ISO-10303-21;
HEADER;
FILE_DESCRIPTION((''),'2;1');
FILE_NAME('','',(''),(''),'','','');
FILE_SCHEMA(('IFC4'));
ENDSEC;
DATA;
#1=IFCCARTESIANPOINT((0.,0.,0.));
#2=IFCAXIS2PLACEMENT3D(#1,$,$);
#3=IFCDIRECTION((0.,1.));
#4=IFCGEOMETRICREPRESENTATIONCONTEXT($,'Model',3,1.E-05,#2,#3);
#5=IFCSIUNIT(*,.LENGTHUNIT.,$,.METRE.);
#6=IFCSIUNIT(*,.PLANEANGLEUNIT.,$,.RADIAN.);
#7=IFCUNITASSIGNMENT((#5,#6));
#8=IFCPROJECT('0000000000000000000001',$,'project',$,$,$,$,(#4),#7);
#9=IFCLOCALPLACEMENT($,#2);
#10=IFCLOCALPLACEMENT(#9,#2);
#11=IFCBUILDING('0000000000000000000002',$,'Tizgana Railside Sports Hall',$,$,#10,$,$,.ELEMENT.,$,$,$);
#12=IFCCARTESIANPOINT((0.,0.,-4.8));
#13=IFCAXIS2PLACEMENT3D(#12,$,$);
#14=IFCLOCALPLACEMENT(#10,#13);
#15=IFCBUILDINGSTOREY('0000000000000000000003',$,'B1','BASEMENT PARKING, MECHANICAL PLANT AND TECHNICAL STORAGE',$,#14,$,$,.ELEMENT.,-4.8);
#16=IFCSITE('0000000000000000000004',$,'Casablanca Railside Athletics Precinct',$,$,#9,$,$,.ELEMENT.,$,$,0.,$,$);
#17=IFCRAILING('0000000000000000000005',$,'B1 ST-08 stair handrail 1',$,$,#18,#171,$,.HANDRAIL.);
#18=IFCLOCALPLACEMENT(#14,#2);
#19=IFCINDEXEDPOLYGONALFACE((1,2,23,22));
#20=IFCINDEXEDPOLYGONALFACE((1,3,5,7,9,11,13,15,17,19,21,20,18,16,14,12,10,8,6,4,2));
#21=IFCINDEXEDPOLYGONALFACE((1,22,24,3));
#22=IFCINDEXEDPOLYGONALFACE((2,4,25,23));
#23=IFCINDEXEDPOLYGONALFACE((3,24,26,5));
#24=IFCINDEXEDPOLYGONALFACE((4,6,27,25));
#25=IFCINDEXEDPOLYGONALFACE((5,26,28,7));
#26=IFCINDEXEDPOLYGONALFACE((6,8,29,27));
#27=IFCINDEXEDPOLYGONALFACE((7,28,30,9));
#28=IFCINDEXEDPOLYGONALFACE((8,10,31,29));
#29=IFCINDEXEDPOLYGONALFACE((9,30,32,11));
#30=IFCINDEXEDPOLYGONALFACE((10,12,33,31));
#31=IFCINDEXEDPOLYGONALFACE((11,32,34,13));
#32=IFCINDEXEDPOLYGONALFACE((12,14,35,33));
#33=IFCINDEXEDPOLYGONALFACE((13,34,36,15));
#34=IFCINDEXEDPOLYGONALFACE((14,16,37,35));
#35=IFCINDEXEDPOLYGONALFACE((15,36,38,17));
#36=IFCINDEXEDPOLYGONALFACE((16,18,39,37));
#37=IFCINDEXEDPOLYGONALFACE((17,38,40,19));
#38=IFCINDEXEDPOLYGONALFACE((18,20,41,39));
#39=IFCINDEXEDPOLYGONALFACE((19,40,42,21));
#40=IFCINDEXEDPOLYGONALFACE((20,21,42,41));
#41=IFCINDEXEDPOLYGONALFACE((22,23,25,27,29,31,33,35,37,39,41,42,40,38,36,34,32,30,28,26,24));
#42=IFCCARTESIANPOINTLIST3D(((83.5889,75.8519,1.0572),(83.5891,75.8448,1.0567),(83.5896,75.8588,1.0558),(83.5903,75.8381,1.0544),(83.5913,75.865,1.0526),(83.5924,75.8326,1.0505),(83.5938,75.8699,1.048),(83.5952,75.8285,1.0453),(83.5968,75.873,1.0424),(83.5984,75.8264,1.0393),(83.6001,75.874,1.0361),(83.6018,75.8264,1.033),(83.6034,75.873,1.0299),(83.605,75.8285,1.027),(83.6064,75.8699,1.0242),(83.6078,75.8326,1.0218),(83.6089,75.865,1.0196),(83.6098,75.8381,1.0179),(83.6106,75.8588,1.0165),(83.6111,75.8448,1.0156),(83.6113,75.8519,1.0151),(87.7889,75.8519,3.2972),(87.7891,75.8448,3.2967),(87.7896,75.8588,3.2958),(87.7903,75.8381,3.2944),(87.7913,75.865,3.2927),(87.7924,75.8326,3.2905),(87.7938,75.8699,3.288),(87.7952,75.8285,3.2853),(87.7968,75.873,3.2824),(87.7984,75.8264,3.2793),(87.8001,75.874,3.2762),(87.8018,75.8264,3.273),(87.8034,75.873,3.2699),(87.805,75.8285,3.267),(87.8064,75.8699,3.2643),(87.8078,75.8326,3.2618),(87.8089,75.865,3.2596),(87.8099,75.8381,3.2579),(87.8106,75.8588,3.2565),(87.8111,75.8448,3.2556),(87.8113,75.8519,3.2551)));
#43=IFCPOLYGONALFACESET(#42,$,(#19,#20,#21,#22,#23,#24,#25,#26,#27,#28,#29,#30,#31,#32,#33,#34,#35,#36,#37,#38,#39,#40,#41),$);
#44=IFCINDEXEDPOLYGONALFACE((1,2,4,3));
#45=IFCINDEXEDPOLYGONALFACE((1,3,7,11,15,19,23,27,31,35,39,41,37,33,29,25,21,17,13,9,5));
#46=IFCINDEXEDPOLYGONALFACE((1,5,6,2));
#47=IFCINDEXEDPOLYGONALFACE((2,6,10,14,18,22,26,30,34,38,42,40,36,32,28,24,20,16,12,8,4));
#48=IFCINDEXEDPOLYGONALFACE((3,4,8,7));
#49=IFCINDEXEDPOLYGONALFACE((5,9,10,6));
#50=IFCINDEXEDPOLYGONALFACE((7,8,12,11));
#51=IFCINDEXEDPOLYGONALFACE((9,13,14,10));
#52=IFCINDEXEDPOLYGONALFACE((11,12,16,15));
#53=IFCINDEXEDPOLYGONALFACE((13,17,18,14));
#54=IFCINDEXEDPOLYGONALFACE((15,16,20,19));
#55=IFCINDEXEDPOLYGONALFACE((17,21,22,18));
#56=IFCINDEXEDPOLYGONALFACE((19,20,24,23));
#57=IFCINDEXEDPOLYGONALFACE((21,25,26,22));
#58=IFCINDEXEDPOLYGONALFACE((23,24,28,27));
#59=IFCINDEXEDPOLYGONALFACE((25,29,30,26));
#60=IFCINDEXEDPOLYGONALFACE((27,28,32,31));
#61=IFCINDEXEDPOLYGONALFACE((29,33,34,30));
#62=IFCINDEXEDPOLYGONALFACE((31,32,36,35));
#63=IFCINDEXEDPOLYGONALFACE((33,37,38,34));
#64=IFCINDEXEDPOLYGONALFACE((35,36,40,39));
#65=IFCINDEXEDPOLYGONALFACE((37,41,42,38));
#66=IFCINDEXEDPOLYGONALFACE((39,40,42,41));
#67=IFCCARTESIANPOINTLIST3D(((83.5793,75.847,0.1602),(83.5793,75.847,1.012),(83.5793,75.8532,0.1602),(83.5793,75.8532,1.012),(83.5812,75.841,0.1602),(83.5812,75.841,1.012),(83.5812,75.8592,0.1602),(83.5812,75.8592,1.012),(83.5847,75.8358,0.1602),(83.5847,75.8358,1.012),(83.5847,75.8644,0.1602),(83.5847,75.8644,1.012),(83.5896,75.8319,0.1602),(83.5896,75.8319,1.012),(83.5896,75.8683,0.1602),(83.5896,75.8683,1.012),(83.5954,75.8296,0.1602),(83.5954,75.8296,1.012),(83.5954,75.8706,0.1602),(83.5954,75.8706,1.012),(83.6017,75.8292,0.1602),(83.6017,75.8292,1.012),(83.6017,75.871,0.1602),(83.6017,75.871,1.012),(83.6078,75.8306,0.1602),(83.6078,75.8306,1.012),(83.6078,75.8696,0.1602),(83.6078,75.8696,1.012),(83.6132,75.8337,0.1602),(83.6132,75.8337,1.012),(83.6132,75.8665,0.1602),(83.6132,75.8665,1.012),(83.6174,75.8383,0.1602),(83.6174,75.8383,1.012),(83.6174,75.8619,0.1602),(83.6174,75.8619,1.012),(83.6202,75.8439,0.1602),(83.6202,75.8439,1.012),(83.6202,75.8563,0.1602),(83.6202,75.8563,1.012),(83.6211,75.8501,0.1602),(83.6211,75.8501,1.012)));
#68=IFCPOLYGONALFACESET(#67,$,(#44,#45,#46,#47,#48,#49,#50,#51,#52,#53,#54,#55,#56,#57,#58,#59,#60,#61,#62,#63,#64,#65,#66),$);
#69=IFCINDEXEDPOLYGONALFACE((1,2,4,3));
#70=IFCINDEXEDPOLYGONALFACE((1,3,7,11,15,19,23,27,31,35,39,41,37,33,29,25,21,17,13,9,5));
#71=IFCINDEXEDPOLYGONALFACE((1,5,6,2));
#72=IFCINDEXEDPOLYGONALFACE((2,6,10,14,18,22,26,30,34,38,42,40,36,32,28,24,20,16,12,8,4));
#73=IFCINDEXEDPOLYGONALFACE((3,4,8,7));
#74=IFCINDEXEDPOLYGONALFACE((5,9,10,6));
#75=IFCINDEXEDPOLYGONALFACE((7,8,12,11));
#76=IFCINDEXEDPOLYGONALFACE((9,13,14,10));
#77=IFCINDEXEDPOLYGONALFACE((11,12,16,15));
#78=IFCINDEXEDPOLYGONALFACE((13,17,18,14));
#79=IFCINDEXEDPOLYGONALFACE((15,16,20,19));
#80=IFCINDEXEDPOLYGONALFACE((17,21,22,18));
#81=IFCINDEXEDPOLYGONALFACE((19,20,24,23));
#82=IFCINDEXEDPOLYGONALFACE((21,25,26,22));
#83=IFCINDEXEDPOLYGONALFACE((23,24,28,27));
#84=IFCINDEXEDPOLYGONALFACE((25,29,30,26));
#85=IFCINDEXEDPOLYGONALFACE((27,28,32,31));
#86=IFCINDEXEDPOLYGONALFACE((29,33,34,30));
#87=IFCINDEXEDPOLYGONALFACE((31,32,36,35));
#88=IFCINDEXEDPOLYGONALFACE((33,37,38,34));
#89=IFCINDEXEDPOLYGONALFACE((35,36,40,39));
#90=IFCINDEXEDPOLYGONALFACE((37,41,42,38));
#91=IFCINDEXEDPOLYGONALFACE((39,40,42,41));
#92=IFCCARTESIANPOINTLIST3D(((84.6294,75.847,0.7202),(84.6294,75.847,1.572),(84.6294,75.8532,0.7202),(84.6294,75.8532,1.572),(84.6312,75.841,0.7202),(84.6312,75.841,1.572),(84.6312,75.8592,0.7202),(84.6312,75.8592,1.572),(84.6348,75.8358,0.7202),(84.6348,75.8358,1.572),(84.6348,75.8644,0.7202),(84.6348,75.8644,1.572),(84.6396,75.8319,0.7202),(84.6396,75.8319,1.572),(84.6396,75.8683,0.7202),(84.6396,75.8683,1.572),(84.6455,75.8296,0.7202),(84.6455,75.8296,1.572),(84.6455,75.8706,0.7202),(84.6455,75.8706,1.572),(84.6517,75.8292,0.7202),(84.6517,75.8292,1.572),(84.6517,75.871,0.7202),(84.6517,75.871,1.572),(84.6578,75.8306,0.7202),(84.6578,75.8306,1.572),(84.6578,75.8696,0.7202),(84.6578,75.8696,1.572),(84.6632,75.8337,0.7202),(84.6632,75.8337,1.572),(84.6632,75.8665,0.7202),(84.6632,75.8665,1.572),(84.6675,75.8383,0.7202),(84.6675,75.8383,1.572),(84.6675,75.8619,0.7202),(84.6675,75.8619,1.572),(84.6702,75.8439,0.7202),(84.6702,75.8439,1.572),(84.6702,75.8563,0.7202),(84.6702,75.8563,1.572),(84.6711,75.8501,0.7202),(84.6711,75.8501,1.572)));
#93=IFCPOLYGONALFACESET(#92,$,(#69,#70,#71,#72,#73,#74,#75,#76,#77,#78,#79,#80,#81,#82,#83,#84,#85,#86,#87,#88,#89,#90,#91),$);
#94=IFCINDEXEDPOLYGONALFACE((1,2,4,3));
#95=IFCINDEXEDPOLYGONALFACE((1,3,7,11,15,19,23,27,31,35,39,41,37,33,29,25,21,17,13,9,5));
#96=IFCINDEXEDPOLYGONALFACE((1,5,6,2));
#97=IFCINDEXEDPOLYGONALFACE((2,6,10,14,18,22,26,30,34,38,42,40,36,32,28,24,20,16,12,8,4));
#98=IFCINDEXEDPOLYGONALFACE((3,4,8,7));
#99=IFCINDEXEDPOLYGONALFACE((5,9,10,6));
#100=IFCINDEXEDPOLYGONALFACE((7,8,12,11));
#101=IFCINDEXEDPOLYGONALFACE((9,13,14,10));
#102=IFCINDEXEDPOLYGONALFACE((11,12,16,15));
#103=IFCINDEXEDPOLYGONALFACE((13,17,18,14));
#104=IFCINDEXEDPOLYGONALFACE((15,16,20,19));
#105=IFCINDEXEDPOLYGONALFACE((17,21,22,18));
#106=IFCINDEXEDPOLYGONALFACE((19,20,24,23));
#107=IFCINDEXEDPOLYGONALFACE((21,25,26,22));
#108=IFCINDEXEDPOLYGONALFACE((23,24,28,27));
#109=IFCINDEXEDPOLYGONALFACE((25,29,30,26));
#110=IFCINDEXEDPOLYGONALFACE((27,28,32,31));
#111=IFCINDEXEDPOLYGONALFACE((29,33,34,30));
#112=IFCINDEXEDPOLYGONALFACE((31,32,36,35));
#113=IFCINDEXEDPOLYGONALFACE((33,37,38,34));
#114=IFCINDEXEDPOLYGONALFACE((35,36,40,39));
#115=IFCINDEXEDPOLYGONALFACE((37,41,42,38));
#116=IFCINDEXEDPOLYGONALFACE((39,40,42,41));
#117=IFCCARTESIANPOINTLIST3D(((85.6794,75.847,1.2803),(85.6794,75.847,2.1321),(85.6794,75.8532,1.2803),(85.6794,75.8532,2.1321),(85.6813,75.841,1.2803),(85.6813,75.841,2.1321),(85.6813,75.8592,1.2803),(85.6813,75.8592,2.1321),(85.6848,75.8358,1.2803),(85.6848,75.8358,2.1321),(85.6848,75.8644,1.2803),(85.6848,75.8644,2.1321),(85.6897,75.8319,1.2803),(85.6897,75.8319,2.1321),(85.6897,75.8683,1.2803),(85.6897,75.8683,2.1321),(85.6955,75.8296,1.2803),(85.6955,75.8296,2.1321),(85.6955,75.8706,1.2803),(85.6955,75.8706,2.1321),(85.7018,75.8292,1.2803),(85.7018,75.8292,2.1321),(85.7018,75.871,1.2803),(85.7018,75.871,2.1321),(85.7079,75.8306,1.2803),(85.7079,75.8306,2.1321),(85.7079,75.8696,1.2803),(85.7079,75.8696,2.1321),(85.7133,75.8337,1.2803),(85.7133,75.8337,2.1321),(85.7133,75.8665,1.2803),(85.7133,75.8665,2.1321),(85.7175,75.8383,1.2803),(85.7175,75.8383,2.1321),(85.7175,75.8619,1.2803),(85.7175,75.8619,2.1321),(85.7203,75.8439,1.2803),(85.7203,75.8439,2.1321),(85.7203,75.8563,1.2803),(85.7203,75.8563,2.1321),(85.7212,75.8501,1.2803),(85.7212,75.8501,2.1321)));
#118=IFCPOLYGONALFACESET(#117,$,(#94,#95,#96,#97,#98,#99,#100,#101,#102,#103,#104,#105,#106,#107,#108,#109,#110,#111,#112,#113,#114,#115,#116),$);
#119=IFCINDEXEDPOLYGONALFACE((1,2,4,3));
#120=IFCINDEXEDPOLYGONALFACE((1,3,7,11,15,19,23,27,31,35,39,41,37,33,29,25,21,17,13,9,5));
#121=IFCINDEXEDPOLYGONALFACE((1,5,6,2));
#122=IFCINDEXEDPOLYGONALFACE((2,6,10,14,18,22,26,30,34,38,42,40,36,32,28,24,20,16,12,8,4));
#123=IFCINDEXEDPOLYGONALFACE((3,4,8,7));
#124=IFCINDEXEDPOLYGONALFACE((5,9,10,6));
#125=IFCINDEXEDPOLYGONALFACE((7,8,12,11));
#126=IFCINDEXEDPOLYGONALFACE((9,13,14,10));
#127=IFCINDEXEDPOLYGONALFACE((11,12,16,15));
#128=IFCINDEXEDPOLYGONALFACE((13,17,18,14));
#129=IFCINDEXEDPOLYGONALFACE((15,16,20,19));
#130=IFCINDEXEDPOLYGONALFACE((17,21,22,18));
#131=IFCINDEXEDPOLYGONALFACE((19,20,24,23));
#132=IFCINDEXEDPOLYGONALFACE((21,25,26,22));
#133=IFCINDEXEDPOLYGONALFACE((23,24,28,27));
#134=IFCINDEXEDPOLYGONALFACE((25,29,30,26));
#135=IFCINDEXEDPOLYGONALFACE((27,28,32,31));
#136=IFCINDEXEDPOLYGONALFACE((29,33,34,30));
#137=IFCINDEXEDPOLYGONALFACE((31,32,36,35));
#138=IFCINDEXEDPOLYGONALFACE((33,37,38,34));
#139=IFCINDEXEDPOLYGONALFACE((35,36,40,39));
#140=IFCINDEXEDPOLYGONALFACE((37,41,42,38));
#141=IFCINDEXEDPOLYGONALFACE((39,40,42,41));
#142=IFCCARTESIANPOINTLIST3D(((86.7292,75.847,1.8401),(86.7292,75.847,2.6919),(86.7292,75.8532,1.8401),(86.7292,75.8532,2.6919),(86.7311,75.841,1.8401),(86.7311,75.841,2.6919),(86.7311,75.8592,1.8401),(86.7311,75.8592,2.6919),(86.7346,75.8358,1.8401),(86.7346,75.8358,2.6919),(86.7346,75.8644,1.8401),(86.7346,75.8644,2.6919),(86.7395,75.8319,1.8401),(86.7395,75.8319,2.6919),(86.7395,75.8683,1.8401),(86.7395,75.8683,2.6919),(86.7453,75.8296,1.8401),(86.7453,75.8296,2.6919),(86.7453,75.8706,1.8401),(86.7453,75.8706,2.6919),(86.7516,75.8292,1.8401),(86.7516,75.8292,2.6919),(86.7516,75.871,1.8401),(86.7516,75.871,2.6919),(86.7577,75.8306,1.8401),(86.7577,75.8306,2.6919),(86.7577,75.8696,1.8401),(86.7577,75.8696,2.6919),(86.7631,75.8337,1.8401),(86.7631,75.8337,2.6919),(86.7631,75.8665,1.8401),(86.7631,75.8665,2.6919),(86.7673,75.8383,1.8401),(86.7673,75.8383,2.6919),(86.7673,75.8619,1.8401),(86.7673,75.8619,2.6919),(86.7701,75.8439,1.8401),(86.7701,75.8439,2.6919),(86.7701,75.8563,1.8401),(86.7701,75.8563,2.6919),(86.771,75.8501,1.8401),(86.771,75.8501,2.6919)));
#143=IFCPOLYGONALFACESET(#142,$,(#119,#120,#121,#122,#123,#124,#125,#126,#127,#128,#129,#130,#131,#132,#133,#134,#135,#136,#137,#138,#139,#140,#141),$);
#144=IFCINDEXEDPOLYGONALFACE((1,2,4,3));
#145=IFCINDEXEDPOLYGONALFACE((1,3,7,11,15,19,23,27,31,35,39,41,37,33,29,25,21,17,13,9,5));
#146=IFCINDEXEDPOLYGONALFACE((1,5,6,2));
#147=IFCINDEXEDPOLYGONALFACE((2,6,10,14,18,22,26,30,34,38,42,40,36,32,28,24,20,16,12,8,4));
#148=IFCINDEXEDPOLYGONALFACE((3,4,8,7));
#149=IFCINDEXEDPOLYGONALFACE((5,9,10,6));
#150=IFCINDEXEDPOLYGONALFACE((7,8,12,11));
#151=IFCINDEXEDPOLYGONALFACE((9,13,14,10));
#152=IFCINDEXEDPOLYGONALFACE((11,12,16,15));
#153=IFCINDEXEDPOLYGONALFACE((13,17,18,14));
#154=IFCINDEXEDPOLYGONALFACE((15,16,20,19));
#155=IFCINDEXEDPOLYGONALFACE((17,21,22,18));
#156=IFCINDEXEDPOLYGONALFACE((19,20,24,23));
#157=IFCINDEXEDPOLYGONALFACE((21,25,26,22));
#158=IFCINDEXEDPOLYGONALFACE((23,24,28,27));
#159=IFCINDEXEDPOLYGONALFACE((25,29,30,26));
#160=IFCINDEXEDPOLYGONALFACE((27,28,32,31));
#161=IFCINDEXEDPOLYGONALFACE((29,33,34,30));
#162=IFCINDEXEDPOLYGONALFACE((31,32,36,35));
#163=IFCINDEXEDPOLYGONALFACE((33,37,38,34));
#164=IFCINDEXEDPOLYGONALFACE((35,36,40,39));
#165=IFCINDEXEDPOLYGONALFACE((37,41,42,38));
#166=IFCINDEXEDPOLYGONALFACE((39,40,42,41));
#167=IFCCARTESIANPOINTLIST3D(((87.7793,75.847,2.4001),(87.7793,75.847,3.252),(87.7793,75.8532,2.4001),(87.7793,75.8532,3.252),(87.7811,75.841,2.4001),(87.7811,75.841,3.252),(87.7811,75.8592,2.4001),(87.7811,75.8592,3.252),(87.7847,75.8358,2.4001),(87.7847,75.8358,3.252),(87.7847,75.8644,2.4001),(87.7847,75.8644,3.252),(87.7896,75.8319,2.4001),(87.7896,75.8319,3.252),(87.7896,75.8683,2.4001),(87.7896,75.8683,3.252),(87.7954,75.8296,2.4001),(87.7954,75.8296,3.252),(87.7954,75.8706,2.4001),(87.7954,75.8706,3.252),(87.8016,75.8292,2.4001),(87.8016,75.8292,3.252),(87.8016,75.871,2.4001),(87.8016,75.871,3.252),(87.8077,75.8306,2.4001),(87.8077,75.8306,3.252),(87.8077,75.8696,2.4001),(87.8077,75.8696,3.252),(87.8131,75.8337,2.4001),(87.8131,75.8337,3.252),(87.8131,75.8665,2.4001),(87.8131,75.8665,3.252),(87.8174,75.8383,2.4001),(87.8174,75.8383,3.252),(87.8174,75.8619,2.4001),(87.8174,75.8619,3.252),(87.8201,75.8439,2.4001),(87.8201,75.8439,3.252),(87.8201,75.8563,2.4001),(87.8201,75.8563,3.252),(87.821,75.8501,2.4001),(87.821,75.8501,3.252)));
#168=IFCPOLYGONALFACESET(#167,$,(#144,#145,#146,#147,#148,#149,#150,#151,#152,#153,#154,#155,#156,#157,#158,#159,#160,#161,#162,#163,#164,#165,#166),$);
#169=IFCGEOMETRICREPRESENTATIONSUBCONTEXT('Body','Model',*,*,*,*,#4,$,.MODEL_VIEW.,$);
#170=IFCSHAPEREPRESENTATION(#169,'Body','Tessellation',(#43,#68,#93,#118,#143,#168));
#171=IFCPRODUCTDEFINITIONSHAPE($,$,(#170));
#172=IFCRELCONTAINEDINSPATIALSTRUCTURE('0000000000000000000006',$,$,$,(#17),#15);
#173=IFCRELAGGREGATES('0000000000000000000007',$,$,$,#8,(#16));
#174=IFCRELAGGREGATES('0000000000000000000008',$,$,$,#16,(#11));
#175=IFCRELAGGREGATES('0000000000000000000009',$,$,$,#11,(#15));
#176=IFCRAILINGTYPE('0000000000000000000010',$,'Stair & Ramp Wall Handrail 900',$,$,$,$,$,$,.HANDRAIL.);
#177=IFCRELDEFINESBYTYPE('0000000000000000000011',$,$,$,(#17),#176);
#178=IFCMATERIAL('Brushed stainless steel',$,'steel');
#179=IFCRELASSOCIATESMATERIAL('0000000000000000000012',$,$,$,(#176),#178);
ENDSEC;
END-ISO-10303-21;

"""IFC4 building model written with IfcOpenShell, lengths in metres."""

from ifc_helpers import new_model, si_unit, direction, frame, origin, origin_2d, place, context, subcontext, project, spatial, circle, extrude, material, type_object, element, save


model = new_model("IFC4")

# Units and contexts
model_context = context("Model", 3, precision=1e-05, world=origin(), true_north=direction((0.0, 1.0)))
body_context = subcontext(model_context, "Body", "Model", "MODEL_VIEW")
ifc_project = project(units=[si_unit("LENGTHUNIT", "METRE"), si_unit("PLANEANGLEUNIT", "RADIAN")], contexts=[model_context])

# Site, building, storey
site_placement = place(None, origin())
site = spatial("IfcSite", under=ifc_project, at=site_placement, Name="Casablanca Railside Athletics Precinct", CompositionType="ELEMENT", RefElevation=0.0)
building_placement = place(site_placement, origin())
building = spatial("IfcBuilding", under=site, at=building_placement, Name="Tizgana Railside Sports Hall", CompositionType="ELEMENT")
storey_placement = place(building_placement, frame((0.0, 0.0, -4.8)))
storey = spatial("IfcBuildingStorey", under=building, at=storey_placement, Name="B1", Description="BASEMENT PARKING, MECHANICAL PLANT AND TECHNICAL STORAGE", CompositionType="ELEMENT", Elevation=-4.8)

# Railing
ifc_material_1 = material(Name="Brushed stainless steel", Category="steel")
railing_type_1 = type_object("IfcRailingType", Name="Stair & Ramp Wall Handrail 900", PredefinedType="HANDRAIL", material=ifc_material_1)
railing_1_placement = place(storey_placement, frame((83.6001, 75.8501, 0.1602)))
element("IfcRailing", 1, at=railing_1_placement, inside=storey, type_object=railing_type_1, Name="B1 ST-08 stair handrail 1", PredefinedType="HANDRAIL", context=body_context, shape_type="SweptSolid", body=[
    extrude(circle(Radius=0.0239, at=origin_2d()), frame((0.0, 0.0, 0.876), z_axis=(0.882352, 0.0, 0.470591), x_axis=(0.0, 1.0, 0.0)), (0.0, 0.0, 1.0), 4.76),
    extrude(circle(Radius=0.021, at=origin_2d()), origin(), (0.0, 0.0, 1.0), 0.8518),
    extrude(circle(Radius=0.021, at=origin_2d()), frame((1.05, 0.0, 0.5601)), (0.0, 0.0, 1.0), 0.8518),
    extrude(circle(Radius=0.021, at=origin_2d()), frame((2.1001, 0.0, 1.1201)), (0.0, 0.0, 1.0), 0.8518),
    extrude(circle(Radius=0.021, at=origin_2d()), frame((3.1499, 0.0, 1.6799)), (0.0, 0.0, 1.0), 0.8518),
    extrude(circle(Radius=0.021, at=origin_2d()), frame((4.2, 0.0, 2.24)), (0.0, 0.0, 1.0), 0.8518),
])

save(model, "model.ifc")
